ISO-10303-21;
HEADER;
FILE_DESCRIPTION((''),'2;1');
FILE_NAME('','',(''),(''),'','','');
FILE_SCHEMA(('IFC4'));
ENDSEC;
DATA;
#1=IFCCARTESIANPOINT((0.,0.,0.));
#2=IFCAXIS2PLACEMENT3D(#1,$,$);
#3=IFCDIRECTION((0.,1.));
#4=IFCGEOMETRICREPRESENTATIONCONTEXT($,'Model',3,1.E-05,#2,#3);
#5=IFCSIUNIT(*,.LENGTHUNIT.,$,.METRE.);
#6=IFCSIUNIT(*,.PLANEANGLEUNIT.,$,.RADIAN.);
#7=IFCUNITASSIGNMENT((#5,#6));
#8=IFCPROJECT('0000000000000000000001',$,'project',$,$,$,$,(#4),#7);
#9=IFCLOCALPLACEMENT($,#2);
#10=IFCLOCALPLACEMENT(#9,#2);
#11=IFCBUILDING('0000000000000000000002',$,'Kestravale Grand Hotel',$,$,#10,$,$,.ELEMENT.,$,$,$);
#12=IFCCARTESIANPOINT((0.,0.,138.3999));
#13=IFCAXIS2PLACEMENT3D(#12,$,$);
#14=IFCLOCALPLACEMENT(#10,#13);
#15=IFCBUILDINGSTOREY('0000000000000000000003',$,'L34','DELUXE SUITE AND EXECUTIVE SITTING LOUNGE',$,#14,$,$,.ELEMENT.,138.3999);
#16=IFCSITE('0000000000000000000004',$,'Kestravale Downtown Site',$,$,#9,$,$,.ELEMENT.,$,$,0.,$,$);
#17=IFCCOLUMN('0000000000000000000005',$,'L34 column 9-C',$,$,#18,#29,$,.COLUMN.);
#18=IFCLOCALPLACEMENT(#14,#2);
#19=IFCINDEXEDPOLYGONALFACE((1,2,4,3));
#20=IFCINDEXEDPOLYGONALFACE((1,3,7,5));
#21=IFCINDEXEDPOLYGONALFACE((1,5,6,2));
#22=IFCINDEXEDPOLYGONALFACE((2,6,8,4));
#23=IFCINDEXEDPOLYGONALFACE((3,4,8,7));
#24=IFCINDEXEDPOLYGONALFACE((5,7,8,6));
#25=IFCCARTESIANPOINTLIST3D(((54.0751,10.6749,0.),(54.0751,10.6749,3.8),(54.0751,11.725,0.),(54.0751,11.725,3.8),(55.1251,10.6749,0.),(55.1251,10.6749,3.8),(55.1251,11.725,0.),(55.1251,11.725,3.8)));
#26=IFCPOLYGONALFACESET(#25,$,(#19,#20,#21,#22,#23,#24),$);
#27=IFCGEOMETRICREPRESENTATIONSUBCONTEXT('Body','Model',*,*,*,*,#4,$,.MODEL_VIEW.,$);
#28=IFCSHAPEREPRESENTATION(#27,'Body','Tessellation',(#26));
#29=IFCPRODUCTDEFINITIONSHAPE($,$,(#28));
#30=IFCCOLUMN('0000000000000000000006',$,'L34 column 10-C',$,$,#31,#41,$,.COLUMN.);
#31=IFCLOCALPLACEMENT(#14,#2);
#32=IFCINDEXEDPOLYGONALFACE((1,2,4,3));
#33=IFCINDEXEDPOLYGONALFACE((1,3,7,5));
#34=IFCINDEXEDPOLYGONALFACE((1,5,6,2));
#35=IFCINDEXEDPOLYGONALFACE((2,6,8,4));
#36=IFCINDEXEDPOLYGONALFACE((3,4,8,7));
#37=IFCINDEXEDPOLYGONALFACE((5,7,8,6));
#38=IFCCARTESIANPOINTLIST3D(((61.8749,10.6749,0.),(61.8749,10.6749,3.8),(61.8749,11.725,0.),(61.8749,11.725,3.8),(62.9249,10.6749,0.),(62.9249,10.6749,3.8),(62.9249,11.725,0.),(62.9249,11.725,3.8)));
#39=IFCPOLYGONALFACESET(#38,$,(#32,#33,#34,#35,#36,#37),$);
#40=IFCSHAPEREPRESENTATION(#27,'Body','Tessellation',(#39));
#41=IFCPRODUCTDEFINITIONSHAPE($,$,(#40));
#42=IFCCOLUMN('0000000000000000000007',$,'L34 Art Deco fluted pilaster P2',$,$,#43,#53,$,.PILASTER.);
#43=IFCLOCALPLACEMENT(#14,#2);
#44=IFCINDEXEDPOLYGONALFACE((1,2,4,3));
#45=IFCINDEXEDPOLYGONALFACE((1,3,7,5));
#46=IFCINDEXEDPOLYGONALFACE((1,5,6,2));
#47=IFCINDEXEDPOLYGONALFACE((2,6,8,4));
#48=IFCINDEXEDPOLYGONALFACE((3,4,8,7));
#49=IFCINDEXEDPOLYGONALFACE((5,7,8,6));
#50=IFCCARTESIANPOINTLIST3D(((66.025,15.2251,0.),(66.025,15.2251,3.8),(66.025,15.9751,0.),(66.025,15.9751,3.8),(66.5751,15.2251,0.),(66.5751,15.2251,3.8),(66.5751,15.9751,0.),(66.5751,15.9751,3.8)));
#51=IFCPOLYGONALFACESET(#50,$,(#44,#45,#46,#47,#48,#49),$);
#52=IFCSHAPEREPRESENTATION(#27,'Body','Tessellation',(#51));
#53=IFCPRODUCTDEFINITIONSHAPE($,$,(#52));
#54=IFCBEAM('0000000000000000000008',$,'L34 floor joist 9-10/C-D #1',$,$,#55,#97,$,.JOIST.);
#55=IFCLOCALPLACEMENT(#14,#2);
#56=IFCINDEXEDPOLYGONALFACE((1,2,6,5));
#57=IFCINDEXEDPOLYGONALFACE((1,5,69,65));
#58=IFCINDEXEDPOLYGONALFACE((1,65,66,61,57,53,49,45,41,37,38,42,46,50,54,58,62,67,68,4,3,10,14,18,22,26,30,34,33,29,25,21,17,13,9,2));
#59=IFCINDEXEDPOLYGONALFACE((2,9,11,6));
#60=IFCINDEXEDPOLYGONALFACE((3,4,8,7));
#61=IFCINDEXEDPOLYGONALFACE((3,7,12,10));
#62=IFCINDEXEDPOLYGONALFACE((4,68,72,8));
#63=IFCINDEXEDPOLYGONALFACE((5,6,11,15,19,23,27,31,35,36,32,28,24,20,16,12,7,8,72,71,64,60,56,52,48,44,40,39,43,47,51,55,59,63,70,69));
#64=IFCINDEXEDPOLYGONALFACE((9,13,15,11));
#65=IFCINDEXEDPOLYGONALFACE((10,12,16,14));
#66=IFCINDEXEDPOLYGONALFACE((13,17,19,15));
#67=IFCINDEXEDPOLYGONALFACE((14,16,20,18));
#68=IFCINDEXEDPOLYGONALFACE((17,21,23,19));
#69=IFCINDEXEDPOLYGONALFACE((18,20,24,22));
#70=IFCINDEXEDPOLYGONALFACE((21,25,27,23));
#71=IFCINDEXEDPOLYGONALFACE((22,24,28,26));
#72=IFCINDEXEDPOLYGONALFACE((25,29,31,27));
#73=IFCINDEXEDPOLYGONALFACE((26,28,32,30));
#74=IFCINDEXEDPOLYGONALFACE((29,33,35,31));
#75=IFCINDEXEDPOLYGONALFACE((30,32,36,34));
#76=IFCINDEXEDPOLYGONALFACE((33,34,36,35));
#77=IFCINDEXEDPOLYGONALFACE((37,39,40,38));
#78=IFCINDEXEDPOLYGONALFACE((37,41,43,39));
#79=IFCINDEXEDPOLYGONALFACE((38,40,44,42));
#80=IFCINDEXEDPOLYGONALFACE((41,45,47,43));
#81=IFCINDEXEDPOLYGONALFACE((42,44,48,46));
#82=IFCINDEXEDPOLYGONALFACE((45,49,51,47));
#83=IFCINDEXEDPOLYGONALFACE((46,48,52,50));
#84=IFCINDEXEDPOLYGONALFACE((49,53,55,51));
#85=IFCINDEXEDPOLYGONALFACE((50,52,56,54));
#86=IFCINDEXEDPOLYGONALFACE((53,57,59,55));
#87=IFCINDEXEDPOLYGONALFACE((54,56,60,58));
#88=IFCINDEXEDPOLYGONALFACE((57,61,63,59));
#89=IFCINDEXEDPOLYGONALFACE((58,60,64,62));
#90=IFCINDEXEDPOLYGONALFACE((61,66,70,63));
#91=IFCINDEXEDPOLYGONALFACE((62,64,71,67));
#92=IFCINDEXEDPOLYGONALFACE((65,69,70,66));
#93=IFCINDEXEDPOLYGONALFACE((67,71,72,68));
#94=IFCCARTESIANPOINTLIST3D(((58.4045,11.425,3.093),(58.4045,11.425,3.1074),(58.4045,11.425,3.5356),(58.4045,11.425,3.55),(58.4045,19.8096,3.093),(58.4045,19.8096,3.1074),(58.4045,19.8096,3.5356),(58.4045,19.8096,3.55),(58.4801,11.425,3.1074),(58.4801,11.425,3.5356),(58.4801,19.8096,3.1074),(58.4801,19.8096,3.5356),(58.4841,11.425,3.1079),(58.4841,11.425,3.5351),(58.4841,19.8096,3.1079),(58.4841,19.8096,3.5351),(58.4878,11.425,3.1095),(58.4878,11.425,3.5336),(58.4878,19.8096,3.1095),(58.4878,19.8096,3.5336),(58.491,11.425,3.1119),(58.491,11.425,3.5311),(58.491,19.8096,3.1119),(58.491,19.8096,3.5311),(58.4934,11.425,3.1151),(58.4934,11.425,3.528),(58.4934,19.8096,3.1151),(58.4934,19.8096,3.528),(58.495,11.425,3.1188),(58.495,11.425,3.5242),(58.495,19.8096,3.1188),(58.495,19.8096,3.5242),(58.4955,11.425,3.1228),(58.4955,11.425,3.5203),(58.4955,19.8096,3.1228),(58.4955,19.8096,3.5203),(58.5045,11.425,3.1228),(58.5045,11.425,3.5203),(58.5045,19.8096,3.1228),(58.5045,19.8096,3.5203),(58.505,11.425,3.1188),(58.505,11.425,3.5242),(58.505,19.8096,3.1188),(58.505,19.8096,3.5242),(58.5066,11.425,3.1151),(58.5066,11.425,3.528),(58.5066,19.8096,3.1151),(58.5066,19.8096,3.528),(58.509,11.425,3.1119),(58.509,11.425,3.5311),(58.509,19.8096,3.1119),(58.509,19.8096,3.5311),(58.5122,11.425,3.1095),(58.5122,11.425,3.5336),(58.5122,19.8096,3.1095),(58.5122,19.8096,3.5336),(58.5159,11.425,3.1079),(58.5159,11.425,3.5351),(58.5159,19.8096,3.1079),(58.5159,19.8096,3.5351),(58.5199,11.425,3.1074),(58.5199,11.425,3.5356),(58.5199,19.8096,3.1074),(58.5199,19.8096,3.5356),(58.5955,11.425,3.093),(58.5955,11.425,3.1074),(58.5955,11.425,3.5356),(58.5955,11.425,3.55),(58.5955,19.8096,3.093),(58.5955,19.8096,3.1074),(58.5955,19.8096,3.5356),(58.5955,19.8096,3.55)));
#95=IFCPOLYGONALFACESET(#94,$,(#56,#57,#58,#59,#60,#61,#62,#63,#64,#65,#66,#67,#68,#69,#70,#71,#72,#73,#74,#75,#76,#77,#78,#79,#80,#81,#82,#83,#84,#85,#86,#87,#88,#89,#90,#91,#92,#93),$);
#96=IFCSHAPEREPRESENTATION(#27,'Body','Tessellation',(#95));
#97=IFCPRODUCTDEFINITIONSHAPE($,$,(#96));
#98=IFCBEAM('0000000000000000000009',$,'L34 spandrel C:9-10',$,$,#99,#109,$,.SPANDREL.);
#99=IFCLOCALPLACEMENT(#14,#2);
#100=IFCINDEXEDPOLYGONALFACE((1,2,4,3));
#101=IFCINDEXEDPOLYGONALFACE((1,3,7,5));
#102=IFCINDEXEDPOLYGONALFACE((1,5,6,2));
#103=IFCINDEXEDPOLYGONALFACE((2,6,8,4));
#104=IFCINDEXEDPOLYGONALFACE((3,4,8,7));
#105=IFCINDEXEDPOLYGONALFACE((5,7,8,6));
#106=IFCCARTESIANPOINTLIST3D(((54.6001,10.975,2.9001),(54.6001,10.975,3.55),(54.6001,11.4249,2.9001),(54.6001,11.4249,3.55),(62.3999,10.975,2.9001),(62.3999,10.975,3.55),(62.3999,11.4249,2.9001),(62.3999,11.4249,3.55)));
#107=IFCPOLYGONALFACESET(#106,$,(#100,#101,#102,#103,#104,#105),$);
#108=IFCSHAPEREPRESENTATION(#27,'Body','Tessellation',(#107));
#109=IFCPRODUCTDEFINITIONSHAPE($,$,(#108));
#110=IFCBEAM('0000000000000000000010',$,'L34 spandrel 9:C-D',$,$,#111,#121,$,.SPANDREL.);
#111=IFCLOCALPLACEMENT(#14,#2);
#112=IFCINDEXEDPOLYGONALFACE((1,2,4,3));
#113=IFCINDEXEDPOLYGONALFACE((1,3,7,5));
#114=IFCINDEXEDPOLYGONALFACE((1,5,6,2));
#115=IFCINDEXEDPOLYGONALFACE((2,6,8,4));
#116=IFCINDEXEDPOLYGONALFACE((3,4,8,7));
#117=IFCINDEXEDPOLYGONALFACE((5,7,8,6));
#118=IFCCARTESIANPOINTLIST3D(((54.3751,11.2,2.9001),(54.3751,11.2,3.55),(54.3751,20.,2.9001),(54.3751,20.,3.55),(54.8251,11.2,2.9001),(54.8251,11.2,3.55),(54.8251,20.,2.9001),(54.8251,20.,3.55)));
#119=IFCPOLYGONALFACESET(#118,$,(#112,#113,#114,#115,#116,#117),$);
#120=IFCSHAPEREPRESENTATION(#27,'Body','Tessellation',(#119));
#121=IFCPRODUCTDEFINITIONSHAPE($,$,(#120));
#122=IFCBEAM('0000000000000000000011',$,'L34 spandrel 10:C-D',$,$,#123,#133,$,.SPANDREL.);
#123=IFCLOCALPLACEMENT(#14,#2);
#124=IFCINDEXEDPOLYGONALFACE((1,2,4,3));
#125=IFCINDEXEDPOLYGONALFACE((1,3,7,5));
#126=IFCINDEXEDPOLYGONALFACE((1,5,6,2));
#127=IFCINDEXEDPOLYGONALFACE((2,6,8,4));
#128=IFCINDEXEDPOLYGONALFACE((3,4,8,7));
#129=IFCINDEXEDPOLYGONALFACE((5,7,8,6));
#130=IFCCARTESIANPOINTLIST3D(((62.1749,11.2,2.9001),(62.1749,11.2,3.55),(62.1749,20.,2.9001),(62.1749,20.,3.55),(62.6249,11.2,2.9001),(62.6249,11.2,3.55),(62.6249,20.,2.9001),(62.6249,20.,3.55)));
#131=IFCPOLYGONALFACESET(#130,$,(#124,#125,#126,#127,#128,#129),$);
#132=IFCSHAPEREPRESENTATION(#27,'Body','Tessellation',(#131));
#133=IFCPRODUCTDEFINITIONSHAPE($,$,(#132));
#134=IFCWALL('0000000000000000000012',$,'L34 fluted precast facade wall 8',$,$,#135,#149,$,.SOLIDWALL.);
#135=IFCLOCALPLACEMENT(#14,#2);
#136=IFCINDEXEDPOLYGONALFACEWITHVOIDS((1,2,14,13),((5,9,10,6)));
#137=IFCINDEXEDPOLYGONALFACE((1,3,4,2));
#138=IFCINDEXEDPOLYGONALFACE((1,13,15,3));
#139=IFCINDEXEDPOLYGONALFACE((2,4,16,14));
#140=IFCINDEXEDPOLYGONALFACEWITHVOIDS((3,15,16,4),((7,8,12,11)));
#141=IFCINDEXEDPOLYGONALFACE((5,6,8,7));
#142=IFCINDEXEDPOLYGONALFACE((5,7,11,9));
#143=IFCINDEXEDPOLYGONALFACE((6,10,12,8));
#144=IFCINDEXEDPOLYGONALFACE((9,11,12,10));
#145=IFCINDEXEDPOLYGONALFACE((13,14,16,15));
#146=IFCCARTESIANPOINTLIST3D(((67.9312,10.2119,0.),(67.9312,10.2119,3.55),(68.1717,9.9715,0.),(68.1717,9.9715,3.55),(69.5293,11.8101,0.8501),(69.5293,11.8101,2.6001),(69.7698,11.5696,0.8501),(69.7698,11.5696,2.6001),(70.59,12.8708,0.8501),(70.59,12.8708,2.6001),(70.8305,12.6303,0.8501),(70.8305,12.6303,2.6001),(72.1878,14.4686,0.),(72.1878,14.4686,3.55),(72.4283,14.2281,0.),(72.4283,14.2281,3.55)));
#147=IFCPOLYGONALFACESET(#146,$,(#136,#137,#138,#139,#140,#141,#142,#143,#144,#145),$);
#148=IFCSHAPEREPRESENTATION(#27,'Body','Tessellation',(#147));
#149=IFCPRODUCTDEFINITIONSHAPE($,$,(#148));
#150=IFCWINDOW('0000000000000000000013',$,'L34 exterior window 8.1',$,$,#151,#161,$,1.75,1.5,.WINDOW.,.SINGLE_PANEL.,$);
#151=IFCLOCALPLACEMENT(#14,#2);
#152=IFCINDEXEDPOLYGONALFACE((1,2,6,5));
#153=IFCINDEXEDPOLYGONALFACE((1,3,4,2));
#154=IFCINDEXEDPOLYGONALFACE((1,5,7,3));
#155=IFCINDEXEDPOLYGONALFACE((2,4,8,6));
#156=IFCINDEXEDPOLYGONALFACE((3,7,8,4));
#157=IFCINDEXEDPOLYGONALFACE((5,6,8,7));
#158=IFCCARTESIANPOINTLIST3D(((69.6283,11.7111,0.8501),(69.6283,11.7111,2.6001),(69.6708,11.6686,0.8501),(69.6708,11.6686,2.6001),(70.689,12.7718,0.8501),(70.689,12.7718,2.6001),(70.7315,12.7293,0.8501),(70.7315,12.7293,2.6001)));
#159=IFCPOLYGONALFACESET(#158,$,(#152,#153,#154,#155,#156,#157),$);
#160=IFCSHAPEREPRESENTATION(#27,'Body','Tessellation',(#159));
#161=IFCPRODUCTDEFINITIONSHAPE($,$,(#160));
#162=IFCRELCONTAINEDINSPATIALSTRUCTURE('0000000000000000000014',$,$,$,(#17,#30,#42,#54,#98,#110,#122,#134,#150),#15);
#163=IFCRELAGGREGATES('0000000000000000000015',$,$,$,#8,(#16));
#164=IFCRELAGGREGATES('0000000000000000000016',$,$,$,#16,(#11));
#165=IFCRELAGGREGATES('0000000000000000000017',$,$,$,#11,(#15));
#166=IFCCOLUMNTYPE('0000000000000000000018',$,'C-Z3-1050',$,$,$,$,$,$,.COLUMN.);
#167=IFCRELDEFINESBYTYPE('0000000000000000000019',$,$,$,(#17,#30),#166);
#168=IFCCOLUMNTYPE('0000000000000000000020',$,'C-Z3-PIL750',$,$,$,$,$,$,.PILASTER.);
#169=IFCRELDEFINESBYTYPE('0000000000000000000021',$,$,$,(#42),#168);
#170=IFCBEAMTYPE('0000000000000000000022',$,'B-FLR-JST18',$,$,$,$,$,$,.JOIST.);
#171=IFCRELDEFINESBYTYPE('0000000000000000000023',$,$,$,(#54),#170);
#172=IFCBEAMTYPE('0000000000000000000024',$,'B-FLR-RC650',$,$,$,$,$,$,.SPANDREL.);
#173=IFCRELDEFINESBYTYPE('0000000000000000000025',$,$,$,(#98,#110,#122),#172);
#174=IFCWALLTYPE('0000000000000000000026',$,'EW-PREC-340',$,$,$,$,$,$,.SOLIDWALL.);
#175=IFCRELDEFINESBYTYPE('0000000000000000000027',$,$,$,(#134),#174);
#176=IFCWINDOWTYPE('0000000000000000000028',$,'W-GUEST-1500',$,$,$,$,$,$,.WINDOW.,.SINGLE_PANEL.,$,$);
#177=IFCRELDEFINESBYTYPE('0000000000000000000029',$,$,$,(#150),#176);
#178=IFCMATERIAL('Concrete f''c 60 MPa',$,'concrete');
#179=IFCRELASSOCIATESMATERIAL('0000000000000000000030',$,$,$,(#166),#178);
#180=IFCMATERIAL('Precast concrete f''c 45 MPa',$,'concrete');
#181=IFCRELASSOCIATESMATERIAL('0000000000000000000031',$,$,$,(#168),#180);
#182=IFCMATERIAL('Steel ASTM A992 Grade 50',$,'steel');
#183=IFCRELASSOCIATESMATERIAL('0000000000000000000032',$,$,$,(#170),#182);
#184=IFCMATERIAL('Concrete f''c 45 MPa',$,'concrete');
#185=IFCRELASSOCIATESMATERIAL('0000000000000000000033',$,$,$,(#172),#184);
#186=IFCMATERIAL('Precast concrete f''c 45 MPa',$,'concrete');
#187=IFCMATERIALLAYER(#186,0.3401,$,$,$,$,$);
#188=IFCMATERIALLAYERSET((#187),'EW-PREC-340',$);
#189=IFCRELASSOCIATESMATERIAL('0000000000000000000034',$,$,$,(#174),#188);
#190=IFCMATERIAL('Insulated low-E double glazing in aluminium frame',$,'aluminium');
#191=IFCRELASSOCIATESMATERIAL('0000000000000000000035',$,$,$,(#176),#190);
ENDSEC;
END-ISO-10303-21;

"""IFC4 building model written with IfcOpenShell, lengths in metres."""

from ifc_helpers import new_model, si_unit, direction, frame, frame_2d, origin, origin_2d, place, context, subcontext, project, spatial, rectangle, i_section, extrude, material, layer, layer_set, material_profile, profile_set, type_object, element, fill, save


model = new_model("IFC4")

# Units and contexts
model_context = context("Model", 3, precision=1e-05, world=origin(), true_north=direction((0.0, 1.0)))
body_context = subcontext(model_context, "Body", "Model", "MODEL_VIEW")
ifc_project = project(units=[si_unit("LENGTHUNIT", "METRE"), si_unit("PLANEANGLEUNIT", "RADIAN")], contexts=[model_context])

# Site, building, storey
site_placement = place(None, origin())
site = spatial("IfcSite", under=ifc_project, at=site_placement, Name="Kestravale Downtown Site", CompositionType="ELEMENT", RefElevation=0.0)
building_placement = place(site_placement, origin())
building = spatial("IfcBuilding", under=site, at=building_placement, Name="Kestravale Grand Hotel", CompositionType="ELEMENT")
storey_placement = place(building_placement, frame((0.0, 0.0, 138.3999)))
storey = spatial("IfcBuildingStorey", under=building, at=storey_placement, Name="L34", Description="DELUXE SUITE AND EXECUTIVE SITTING LOUNGE", CompositionType="ELEMENT", Elevation=138.3999)

# Columns
ifc_material_1 = material(Name="Concrete f'c 60 MPa", Category="concrete")
ifc_material_profile_1 = material_profile(ifc_material_1, rectangle(XDim=1.05, YDim=1.05, at=origin_2d()))
ifc_profile_set_1 = profile_set([ifc_material_profile_1], Name="Concrete f'c 60 MPa")
column_type_1 = type_object("IfcColumnType", Name="C-Z3-1050", PredefinedType="COLUMN", material=ifc_profile_set_1)
for number, where, z_axis, x_axis, name in (
    (1, (54.6001, 11.2, 0.0), (0.0, 0.0, 1.0), (1.0, 0.0, 0.0), "L34 column 9-C"),
    (2, (62.3999, 11.2, 0.0), (0.0, 0.0, 1.0), (1.0, 0.0, 0.0), "L34 column 10-C"),
):
    element("IfcColumn", number, at=place(storey_placement, frame(where, z_axis=z_axis, x_axis=x_axis)), inside=storey, type_object=column_type_1, Name=name, PredefinedType="COLUMN", context=body_context, shape_type="SweptSolid", body=[
        extrude(rectangle(XDim=1.05, YDim=1.05, at=origin_2d()), origin(), (0.0, 0.0, 1.0), 3.8),
    ])
ifc_material_2 = material(Name="Precast concrete f'c 45 MPa", Category="concrete")
ifc_material_profile_2 = material_profile(ifc_material_2, rectangle(XDim=0.55, YDim=0.75, at=origin_2d()))
ifc_profile_set_2 = profile_set([ifc_material_profile_2], Name="Precast concrete f'c 45 MPa")
column_type_2 = type_object("IfcColumnType", Name="C-Z3-PIL750", PredefinedType="PILASTER", material=ifc_profile_set_2)
column_placement = place(storey_placement, frame((66.3, 15.6001, 0.0), z_axis=(0.0, 0.0, 1.0), x_axis=(1.0, 0.0, 0.0)))
element("IfcColumn", 3, at=column_placement, inside=storey, type_object=column_type_2, Name="L34 Art Deco fluted pilaster P2", PredefinedType="PILASTER", context=body_context, shape_type="SweptSolid", body=[
    extrude(rectangle(XDim=0.55, YDim=0.75, at=origin_2d()), origin(), (0.0, 0.0, 1.0), 3.8),
])

# Beams
ifc_material_3 = material(Name="Steel ASTM A992 Grade 50", Category="steel")
ifc_material_profile_3 = material_profile(ifc_material_3, i_section(OverallWidth=0.1909, OverallDepth=0.457, WebThickness=0.009, FlangeThickness=0.0144, FilletRadius=0.0154, at=origin_2d()))
ifc_profile_set_3 = profile_set([ifc_material_profile_3], Name="Steel ASTM A992 Grade 50")
beam_type_1 = type_object("IfcBeamType", Name="B-FLR-JST18", PredefinedType="JOIST", material=ifc_profile_set_3)
beam_1_placement = place(storey_placement, frame((58.5, 11.425, 3.3215), z_axis=(0.0, 1.0, 0.0), x_axis=(-1.0, 0.0, 0.0)))
element("IfcBeam", 4, at=beam_1_placement, inside=storey, type_object=beam_type_1, Name="L34 floor joist 9-10/C-D #1", PredefinedType="JOIST", context=body_context, shape_type="SweptSolid", body=[
    extrude(i_section(OverallWidth=0.1909, OverallDepth=0.457, WebThickness=0.009, FlangeThickness=0.0144, FilletRadius=0.0154, at=origin_2d()), origin(), (0.0, 0.0, 1.0), 8.3845),
])
ifc_material_4 = material(Name="Concrete f'c 45 MPa", Category="concrete")
ifc_material_profile_4 = material_profile(ifc_material_4, rectangle(XDim=0.45, YDim=0.6499, at=origin_2d()))
ifc_profile_set_4 = profile_set([ifc_material_profile_4], Name="Concrete f'c 45 MPa")
beam_type_2 = type_object("IfcBeamType", Name="B-FLR-RC650", PredefinedType="SPANDREL", material=ifc_profile_set_4)
beam_2_placement = place(storey_placement, frame((54.6001, 11.2, 3.2251), z_axis=(1.0, 0.0, 0.0), x_axis=(0.0, 1.0, 0.0)))
element("IfcBeam", 5, at=beam_2_placement, inside=storey, type_object=beam_type_2, Name="L34 spandrel C:9-10", PredefinedType="SPANDREL", context=body_context, shape_type="SweptSolid", body=[
    extrude(rectangle(XDim=0.45, YDim=0.6499, at=origin_2d()), origin(), (0.0, 0.0, 1.0), 7.7998),
])
for number, where, z_axis, x_axis, name in (
    (6, (54.6001, 11.2, 3.2251), (0.0, 1.0, 0.0), (-1.0, 0.0, 0.0), "L34 spandrel 9:C-D"),
    (7, (62.3999, 11.2, 3.2251), (0.0, 1.0, 0.0), (-1.0, 0.0, 0.0), "L34 spandrel 10:C-D"),
):
    element("IfcBeam", number, at=place(storey_placement, frame(where, z_axis=z_axis, x_axis=x_axis)), inside=storey, type_object=beam_type_2, Name=name, PredefinedType="SPANDREL", context=body_context, shape_type="SweptSolid", body=[
        extrude(rectangle(XDim=0.45, YDim=0.6499, at=origin_2d()), origin(), (0.0, 0.0, 1.0), 8.8),
    ])

# Wall, opening, window
ifc_material_5 = material(Name="Precast concrete f'c 45 MPa", Category="concrete")
ifc_layer_1 = layer(ifc_material_5, 0.3401)
ifc_layer_set_1 = layer_set([ifc_layer_1], Name="EW-PREC-340")
wall_type_1 = type_object("IfcWallType", Name="EW-PREC-340", PredefinedType="SOLIDWALL", material=ifc_layer_set_1)
wall_1_placement = place(storey_placement, frame((68.0515, 10.0918, 0.0), z_axis=(0.0, 0.0, 1.0), x_axis=(0.707107, 0.707107, 0.0)))
wall_1 = element("IfcWall", 8, at=wall_1_placement, inside=storey, type_object=wall_type_1, Name="L34 fluted precast facade wall 8", PredefinedType="SOLIDWALL", context=body_context, shape_type="SweptSolid", body=[
    extrude(rectangle(XDim=6.0198, YDim=0.3401, at=frame_2d((3.0098, 0.0))), origin(), (0.0, 0.0, 1.0), 3.55),
])
opening_1_placement = place(wall_1_placement, frame((2.26, 0.0, 0.8501)))
opening_1 = element("IfcOpeningElement", 9, at=opening_1_placement, cuts=wall_1, PredefinedType="OPENING", context=body_context, shape_type="SweptSolid", body=[
    extrude(rectangle(XDim=1.5, YDim=1.75, at=frame_2d((0.75, 0.875))), frame((0.0, 0.1799, 0.0), z_axis=(0.0, -1.0, 0.0), x_axis=(1.0, 0.0, 0.0)), (0.0, 0.0, 1.0), 0.3601),
])
ifc_material_6 = material(Name="Insulated low-E double glazing in aluminium frame", Category="aluminium")
window_type = type_object("IfcWindowType", Name="W-GUEST-1500", PartitioningType="SINGLE_PANEL", PredefinedType="WINDOW", material=ifc_material_6)
window_1_placement = place(opening_1_placement, origin())
window_1 = element("IfcWindow", 10, at=window_1_placement, inside=storey, type_object=window_type, Name="L34 exterior window 8.1", OverallHeight=1.75, OverallWidth=1.5, PartitioningType="SINGLE_PANEL", PredefinedType="WINDOW", context=body_context, shape_type="SweptSolid", body=[
    extrude(rectangle(XDim=1.5, YDim=1.75, at=frame_2d((0.75, 0.875))), frame((0.0, 0.03, 0.0), z_axis=(0.0, -1.0, 0.0), x_axis=(1.0, 0.0, 0.0)), (0.0, 0.0, 1.0), 0.0601),
])
fill(opening_1, window_1)

save(model, "model.ifc")
